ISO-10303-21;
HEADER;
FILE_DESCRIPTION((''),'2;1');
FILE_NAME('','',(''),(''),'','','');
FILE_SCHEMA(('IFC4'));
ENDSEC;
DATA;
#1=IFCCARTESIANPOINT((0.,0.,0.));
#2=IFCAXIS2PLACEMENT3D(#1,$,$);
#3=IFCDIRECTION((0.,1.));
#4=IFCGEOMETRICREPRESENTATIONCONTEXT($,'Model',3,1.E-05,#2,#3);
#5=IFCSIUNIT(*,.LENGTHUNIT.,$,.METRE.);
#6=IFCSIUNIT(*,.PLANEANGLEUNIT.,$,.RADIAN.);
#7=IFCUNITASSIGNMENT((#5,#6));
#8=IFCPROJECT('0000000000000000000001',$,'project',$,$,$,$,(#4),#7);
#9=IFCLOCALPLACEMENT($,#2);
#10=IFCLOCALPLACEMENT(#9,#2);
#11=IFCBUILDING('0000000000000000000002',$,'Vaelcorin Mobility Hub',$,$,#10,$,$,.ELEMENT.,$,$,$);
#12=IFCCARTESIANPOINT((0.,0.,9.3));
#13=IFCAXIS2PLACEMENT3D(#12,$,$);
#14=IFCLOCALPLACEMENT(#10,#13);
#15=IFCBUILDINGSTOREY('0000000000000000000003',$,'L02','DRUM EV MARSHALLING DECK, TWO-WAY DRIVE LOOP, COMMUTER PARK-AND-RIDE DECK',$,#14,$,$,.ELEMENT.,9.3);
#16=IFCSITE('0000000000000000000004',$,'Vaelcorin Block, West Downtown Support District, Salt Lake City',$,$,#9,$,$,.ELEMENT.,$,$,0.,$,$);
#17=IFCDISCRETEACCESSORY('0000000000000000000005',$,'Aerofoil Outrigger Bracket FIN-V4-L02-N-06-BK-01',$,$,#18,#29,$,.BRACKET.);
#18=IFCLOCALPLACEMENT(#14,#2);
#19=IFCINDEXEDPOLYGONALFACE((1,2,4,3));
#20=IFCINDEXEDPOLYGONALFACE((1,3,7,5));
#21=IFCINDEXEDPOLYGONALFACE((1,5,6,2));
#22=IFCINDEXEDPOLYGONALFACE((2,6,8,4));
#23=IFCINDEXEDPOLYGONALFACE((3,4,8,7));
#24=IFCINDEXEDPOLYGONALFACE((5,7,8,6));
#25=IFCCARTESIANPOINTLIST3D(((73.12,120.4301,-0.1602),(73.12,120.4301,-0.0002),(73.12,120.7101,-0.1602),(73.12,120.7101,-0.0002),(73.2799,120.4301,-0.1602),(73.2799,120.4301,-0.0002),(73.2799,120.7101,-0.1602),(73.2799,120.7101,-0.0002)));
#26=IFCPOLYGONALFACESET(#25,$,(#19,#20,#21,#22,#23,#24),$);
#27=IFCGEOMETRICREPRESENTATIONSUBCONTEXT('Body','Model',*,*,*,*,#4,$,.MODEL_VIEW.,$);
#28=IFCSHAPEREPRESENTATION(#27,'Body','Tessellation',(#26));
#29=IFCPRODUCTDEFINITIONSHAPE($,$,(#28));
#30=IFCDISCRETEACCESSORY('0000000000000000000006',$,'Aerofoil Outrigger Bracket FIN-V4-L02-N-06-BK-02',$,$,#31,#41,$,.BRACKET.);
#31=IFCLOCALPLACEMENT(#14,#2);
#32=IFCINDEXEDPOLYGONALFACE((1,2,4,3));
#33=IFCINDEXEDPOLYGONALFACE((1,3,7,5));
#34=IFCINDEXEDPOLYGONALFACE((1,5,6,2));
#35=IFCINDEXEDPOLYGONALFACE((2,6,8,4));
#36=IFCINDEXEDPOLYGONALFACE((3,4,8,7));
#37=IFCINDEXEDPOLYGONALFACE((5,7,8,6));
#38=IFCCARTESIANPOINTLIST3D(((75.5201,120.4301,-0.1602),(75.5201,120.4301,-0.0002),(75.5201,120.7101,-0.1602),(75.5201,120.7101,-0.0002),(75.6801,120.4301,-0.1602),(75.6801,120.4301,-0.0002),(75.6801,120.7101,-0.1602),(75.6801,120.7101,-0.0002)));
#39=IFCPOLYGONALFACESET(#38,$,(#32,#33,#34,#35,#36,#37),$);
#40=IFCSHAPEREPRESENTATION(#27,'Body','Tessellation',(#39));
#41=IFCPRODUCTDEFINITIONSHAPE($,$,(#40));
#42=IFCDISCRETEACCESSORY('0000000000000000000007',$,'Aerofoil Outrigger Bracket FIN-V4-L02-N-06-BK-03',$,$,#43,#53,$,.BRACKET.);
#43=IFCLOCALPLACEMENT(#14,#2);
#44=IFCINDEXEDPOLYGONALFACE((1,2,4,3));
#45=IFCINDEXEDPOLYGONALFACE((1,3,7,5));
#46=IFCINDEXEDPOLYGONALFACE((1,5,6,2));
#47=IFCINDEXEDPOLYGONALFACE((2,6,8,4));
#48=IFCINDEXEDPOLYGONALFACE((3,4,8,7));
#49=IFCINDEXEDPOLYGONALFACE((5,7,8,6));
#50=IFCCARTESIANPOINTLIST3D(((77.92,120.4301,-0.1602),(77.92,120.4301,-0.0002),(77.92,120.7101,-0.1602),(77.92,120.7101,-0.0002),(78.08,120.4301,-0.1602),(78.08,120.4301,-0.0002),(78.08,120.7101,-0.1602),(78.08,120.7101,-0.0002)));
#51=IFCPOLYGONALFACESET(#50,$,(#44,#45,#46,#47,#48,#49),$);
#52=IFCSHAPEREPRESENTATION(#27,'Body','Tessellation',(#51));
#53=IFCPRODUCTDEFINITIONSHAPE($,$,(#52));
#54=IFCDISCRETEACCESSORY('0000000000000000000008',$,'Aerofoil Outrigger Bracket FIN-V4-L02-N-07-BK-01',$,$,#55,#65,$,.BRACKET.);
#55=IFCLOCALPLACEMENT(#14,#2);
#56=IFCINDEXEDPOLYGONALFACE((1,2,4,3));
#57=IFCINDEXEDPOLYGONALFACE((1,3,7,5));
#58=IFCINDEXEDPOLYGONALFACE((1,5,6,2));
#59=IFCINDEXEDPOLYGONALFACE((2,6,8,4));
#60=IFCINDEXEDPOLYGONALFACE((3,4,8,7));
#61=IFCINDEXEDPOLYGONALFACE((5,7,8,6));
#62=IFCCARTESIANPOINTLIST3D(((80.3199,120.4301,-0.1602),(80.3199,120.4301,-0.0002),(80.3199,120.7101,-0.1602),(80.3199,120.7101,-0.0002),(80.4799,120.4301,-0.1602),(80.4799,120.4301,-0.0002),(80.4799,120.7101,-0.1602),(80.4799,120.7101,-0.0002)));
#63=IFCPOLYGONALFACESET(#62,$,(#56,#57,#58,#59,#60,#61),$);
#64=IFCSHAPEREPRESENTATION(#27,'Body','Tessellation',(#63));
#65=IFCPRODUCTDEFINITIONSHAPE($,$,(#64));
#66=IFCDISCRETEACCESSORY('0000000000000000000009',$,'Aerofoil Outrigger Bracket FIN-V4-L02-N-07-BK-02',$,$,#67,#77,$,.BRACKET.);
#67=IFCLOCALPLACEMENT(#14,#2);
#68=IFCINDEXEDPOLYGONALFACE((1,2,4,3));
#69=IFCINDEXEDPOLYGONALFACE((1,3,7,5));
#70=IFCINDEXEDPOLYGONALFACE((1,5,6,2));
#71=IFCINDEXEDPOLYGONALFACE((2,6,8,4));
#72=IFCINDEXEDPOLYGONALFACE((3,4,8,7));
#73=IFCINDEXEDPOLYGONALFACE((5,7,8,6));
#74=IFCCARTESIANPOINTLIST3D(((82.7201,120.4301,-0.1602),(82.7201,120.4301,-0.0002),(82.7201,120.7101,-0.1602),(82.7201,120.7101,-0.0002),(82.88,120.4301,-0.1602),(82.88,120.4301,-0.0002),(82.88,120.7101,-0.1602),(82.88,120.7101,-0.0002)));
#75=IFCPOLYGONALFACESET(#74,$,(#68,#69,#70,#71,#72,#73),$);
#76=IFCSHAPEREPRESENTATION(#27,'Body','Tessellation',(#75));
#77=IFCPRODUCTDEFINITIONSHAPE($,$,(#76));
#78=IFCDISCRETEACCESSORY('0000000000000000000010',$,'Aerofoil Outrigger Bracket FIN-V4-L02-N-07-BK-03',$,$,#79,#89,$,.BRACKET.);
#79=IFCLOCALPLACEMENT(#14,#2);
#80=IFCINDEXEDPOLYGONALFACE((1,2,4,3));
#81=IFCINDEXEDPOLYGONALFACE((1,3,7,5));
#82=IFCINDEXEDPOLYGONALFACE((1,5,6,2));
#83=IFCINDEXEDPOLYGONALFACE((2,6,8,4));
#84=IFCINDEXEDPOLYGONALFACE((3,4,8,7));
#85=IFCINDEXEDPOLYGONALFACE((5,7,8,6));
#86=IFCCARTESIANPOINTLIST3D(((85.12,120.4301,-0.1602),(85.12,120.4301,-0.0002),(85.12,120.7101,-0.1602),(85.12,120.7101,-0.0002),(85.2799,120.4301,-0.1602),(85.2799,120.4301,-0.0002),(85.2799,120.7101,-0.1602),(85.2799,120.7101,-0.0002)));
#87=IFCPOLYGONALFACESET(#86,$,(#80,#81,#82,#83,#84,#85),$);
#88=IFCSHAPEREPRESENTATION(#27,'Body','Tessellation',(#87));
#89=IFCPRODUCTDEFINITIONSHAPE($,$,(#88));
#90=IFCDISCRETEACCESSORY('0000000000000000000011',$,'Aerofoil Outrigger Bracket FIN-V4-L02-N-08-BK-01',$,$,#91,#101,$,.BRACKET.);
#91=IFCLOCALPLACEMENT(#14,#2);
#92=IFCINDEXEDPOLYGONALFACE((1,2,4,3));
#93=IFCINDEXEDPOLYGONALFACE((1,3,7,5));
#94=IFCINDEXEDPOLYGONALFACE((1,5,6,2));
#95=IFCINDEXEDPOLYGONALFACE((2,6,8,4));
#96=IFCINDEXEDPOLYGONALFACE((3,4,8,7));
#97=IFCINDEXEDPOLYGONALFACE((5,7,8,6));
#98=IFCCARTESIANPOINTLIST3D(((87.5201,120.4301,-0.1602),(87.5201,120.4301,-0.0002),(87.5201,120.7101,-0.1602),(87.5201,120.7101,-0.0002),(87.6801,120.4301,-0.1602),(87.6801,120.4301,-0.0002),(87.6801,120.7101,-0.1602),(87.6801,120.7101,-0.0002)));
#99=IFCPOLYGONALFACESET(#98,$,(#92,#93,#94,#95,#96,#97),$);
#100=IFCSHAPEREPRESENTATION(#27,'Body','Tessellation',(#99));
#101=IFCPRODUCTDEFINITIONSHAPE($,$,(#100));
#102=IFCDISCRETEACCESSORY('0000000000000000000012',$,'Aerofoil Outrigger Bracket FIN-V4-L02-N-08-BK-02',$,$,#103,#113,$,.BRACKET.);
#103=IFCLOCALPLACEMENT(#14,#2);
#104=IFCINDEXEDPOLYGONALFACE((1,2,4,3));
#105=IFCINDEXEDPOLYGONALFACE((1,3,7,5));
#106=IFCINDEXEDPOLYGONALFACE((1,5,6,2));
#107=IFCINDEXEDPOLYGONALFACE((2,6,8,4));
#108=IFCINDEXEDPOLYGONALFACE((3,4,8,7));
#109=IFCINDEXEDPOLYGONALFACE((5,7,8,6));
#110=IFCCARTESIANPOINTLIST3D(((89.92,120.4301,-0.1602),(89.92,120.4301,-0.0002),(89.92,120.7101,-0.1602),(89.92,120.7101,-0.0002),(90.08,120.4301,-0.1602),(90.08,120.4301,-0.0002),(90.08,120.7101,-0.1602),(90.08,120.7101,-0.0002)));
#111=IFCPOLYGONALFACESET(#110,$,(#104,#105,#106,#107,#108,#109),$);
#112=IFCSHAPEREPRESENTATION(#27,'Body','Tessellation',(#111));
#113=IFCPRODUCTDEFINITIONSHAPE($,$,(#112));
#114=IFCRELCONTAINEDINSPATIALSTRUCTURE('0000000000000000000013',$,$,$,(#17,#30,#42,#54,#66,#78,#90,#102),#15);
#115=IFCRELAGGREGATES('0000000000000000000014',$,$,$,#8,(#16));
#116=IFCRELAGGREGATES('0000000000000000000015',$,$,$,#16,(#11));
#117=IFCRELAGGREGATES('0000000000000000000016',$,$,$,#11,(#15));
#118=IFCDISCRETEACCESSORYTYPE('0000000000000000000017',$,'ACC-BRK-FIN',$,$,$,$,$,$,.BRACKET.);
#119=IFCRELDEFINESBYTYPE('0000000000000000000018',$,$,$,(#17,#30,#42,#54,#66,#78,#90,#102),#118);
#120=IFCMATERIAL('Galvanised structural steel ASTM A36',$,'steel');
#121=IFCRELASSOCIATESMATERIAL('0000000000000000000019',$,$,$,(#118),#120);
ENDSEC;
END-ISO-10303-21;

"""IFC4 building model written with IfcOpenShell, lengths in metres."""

from ifc_helpers import new_model, si_unit, direction, frame, origin, origin_2d, place, context, subcontext, project, spatial, rectangle, extrude, material, type_object, element, save


model = new_model("IFC4")

# Units and contexts
model_context = context("Model", 3, precision=1e-05, world=origin(), true_north=direction((0.0, 1.0)))
body_context = subcontext(model_context, "Body", "Model", "MODEL_VIEW")
ifc_project = project(units=[si_unit("LENGTHUNIT", "METRE"), si_unit("PLANEANGLEUNIT", "RADIAN")], contexts=[model_context])

# Site, building, storey
site_placement = place(None, origin())
site = spatial("IfcSite", under=ifc_project, at=site_placement, Name="Vaelcorin Block, West Downtown Support District, Salt Lake City", CompositionType="ELEMENT", RefElevation=0.0)
building_placement = place(site_placement, origin())
building = spatial("IfcBuilding", under=site, at=building_placement, Name="Vaelcorin Mobility Hub", CompositionType="ELEMENT")
storey_placement = place(building_placement, frame((0.0, 0.0, 9.3)))
storey = spatial("IfcBuildingStorey", under=building, at=storey_placement, Name="L02", Description="DRUM EV MARSHALLING DECK, TWO-WAY DRIVE LOOP, COMMUTER PARK-AND-RIDE DECK", CompositionType="ELEMENT", Elevation=9.3)

# Shared definitions
ifc_material_1 = material(Name="Galvanised structural steel ASTM A36", Category="steel")

# Discrete accessories
discrete_accessory_type = type_object("IfcDiscreteAccessoryType", Name="ACC-BRK-FIN", PredefinedType="BRACKET", material=ifc_material_1)
for number, where, z_axis, x_axis, name in (
    (1, (73.2, 120.5701, -0.1602), (0.0, 0.0, 1.0), (0.0, 1.0, 0.0), "Aerofoil Outrigger Bracket FIN-V4-L02-N-06-BK-01"),
    (2, (75.6001, 120.5701, -0.1602), (0.0, 0.0, 1.0), (0.0, 1.0, 0.0), "Aerofoil Outrigger Bracket FIN-V4-L02-N-06-BK-02"),
    (3, (78.0, 120.5701, -0.1602), (0.0, 0.0, 1.0), (0.0, 1.0, 0.0), "Aerofoil Outrigger Bracket FIN-V4-L02-N-06-BK-03"),
    (4, (80.3999, 120.5701, -0.1602), (0.0, 0.0, 1.0), (0.0, 1.0, 0.0), "Aerofoil Outrigger Bracket FIN-V4-L02-N-07-BK-01"),
    (5, (82.8, 120.5701, -0.1602), (0.0, 0.0, 1.0), (0.0, 1.0, 0.0), "Aerofoil Outrigger Bracket FIN-V4-L02-N-07-BK-02"),
    (6, (85.2, 120.5701, -0.1602), (0.0, 0.0, 1.0), (0.0, 1.0, 0.0), "Aerofoil Outrigger Bracket FIN-V4-L02-N-07-BK-03"),
    (7, (87.6001, 120.5701, -0.1602), (0.0, 0.0, 1.0), (0.0, 1.0, 0.0), "Aerofoil Outrigger Bracket FIN-V4-L02-N-08-BK-01"),
    (8, (90.0, 120.5701, -0.1602), (0.0, 0.0, 1.0), (0.0, 1.0, 0.0), "Aerofoil Outrigger Bracket FIN-V4-L02-N-08-BK-02"),
):
    element("IfcDiscreteAccessory", number, at=place(storey_placement, frame(where, z_axis=z_axis, x_axis=x_axis)), inside=storey, type_object=discrete_accessory_type, Name=name, PredefinedType="BRACKET", context=body_context, shape_type="SweptSolid", body=[
        extrude(rectangle(XDim=0.28, YDim=0.1599, at=origin_2d()), origin(), (0.0, 0.0, 1.0), 0.1599),
    ])

save(model, "model.ifc")
